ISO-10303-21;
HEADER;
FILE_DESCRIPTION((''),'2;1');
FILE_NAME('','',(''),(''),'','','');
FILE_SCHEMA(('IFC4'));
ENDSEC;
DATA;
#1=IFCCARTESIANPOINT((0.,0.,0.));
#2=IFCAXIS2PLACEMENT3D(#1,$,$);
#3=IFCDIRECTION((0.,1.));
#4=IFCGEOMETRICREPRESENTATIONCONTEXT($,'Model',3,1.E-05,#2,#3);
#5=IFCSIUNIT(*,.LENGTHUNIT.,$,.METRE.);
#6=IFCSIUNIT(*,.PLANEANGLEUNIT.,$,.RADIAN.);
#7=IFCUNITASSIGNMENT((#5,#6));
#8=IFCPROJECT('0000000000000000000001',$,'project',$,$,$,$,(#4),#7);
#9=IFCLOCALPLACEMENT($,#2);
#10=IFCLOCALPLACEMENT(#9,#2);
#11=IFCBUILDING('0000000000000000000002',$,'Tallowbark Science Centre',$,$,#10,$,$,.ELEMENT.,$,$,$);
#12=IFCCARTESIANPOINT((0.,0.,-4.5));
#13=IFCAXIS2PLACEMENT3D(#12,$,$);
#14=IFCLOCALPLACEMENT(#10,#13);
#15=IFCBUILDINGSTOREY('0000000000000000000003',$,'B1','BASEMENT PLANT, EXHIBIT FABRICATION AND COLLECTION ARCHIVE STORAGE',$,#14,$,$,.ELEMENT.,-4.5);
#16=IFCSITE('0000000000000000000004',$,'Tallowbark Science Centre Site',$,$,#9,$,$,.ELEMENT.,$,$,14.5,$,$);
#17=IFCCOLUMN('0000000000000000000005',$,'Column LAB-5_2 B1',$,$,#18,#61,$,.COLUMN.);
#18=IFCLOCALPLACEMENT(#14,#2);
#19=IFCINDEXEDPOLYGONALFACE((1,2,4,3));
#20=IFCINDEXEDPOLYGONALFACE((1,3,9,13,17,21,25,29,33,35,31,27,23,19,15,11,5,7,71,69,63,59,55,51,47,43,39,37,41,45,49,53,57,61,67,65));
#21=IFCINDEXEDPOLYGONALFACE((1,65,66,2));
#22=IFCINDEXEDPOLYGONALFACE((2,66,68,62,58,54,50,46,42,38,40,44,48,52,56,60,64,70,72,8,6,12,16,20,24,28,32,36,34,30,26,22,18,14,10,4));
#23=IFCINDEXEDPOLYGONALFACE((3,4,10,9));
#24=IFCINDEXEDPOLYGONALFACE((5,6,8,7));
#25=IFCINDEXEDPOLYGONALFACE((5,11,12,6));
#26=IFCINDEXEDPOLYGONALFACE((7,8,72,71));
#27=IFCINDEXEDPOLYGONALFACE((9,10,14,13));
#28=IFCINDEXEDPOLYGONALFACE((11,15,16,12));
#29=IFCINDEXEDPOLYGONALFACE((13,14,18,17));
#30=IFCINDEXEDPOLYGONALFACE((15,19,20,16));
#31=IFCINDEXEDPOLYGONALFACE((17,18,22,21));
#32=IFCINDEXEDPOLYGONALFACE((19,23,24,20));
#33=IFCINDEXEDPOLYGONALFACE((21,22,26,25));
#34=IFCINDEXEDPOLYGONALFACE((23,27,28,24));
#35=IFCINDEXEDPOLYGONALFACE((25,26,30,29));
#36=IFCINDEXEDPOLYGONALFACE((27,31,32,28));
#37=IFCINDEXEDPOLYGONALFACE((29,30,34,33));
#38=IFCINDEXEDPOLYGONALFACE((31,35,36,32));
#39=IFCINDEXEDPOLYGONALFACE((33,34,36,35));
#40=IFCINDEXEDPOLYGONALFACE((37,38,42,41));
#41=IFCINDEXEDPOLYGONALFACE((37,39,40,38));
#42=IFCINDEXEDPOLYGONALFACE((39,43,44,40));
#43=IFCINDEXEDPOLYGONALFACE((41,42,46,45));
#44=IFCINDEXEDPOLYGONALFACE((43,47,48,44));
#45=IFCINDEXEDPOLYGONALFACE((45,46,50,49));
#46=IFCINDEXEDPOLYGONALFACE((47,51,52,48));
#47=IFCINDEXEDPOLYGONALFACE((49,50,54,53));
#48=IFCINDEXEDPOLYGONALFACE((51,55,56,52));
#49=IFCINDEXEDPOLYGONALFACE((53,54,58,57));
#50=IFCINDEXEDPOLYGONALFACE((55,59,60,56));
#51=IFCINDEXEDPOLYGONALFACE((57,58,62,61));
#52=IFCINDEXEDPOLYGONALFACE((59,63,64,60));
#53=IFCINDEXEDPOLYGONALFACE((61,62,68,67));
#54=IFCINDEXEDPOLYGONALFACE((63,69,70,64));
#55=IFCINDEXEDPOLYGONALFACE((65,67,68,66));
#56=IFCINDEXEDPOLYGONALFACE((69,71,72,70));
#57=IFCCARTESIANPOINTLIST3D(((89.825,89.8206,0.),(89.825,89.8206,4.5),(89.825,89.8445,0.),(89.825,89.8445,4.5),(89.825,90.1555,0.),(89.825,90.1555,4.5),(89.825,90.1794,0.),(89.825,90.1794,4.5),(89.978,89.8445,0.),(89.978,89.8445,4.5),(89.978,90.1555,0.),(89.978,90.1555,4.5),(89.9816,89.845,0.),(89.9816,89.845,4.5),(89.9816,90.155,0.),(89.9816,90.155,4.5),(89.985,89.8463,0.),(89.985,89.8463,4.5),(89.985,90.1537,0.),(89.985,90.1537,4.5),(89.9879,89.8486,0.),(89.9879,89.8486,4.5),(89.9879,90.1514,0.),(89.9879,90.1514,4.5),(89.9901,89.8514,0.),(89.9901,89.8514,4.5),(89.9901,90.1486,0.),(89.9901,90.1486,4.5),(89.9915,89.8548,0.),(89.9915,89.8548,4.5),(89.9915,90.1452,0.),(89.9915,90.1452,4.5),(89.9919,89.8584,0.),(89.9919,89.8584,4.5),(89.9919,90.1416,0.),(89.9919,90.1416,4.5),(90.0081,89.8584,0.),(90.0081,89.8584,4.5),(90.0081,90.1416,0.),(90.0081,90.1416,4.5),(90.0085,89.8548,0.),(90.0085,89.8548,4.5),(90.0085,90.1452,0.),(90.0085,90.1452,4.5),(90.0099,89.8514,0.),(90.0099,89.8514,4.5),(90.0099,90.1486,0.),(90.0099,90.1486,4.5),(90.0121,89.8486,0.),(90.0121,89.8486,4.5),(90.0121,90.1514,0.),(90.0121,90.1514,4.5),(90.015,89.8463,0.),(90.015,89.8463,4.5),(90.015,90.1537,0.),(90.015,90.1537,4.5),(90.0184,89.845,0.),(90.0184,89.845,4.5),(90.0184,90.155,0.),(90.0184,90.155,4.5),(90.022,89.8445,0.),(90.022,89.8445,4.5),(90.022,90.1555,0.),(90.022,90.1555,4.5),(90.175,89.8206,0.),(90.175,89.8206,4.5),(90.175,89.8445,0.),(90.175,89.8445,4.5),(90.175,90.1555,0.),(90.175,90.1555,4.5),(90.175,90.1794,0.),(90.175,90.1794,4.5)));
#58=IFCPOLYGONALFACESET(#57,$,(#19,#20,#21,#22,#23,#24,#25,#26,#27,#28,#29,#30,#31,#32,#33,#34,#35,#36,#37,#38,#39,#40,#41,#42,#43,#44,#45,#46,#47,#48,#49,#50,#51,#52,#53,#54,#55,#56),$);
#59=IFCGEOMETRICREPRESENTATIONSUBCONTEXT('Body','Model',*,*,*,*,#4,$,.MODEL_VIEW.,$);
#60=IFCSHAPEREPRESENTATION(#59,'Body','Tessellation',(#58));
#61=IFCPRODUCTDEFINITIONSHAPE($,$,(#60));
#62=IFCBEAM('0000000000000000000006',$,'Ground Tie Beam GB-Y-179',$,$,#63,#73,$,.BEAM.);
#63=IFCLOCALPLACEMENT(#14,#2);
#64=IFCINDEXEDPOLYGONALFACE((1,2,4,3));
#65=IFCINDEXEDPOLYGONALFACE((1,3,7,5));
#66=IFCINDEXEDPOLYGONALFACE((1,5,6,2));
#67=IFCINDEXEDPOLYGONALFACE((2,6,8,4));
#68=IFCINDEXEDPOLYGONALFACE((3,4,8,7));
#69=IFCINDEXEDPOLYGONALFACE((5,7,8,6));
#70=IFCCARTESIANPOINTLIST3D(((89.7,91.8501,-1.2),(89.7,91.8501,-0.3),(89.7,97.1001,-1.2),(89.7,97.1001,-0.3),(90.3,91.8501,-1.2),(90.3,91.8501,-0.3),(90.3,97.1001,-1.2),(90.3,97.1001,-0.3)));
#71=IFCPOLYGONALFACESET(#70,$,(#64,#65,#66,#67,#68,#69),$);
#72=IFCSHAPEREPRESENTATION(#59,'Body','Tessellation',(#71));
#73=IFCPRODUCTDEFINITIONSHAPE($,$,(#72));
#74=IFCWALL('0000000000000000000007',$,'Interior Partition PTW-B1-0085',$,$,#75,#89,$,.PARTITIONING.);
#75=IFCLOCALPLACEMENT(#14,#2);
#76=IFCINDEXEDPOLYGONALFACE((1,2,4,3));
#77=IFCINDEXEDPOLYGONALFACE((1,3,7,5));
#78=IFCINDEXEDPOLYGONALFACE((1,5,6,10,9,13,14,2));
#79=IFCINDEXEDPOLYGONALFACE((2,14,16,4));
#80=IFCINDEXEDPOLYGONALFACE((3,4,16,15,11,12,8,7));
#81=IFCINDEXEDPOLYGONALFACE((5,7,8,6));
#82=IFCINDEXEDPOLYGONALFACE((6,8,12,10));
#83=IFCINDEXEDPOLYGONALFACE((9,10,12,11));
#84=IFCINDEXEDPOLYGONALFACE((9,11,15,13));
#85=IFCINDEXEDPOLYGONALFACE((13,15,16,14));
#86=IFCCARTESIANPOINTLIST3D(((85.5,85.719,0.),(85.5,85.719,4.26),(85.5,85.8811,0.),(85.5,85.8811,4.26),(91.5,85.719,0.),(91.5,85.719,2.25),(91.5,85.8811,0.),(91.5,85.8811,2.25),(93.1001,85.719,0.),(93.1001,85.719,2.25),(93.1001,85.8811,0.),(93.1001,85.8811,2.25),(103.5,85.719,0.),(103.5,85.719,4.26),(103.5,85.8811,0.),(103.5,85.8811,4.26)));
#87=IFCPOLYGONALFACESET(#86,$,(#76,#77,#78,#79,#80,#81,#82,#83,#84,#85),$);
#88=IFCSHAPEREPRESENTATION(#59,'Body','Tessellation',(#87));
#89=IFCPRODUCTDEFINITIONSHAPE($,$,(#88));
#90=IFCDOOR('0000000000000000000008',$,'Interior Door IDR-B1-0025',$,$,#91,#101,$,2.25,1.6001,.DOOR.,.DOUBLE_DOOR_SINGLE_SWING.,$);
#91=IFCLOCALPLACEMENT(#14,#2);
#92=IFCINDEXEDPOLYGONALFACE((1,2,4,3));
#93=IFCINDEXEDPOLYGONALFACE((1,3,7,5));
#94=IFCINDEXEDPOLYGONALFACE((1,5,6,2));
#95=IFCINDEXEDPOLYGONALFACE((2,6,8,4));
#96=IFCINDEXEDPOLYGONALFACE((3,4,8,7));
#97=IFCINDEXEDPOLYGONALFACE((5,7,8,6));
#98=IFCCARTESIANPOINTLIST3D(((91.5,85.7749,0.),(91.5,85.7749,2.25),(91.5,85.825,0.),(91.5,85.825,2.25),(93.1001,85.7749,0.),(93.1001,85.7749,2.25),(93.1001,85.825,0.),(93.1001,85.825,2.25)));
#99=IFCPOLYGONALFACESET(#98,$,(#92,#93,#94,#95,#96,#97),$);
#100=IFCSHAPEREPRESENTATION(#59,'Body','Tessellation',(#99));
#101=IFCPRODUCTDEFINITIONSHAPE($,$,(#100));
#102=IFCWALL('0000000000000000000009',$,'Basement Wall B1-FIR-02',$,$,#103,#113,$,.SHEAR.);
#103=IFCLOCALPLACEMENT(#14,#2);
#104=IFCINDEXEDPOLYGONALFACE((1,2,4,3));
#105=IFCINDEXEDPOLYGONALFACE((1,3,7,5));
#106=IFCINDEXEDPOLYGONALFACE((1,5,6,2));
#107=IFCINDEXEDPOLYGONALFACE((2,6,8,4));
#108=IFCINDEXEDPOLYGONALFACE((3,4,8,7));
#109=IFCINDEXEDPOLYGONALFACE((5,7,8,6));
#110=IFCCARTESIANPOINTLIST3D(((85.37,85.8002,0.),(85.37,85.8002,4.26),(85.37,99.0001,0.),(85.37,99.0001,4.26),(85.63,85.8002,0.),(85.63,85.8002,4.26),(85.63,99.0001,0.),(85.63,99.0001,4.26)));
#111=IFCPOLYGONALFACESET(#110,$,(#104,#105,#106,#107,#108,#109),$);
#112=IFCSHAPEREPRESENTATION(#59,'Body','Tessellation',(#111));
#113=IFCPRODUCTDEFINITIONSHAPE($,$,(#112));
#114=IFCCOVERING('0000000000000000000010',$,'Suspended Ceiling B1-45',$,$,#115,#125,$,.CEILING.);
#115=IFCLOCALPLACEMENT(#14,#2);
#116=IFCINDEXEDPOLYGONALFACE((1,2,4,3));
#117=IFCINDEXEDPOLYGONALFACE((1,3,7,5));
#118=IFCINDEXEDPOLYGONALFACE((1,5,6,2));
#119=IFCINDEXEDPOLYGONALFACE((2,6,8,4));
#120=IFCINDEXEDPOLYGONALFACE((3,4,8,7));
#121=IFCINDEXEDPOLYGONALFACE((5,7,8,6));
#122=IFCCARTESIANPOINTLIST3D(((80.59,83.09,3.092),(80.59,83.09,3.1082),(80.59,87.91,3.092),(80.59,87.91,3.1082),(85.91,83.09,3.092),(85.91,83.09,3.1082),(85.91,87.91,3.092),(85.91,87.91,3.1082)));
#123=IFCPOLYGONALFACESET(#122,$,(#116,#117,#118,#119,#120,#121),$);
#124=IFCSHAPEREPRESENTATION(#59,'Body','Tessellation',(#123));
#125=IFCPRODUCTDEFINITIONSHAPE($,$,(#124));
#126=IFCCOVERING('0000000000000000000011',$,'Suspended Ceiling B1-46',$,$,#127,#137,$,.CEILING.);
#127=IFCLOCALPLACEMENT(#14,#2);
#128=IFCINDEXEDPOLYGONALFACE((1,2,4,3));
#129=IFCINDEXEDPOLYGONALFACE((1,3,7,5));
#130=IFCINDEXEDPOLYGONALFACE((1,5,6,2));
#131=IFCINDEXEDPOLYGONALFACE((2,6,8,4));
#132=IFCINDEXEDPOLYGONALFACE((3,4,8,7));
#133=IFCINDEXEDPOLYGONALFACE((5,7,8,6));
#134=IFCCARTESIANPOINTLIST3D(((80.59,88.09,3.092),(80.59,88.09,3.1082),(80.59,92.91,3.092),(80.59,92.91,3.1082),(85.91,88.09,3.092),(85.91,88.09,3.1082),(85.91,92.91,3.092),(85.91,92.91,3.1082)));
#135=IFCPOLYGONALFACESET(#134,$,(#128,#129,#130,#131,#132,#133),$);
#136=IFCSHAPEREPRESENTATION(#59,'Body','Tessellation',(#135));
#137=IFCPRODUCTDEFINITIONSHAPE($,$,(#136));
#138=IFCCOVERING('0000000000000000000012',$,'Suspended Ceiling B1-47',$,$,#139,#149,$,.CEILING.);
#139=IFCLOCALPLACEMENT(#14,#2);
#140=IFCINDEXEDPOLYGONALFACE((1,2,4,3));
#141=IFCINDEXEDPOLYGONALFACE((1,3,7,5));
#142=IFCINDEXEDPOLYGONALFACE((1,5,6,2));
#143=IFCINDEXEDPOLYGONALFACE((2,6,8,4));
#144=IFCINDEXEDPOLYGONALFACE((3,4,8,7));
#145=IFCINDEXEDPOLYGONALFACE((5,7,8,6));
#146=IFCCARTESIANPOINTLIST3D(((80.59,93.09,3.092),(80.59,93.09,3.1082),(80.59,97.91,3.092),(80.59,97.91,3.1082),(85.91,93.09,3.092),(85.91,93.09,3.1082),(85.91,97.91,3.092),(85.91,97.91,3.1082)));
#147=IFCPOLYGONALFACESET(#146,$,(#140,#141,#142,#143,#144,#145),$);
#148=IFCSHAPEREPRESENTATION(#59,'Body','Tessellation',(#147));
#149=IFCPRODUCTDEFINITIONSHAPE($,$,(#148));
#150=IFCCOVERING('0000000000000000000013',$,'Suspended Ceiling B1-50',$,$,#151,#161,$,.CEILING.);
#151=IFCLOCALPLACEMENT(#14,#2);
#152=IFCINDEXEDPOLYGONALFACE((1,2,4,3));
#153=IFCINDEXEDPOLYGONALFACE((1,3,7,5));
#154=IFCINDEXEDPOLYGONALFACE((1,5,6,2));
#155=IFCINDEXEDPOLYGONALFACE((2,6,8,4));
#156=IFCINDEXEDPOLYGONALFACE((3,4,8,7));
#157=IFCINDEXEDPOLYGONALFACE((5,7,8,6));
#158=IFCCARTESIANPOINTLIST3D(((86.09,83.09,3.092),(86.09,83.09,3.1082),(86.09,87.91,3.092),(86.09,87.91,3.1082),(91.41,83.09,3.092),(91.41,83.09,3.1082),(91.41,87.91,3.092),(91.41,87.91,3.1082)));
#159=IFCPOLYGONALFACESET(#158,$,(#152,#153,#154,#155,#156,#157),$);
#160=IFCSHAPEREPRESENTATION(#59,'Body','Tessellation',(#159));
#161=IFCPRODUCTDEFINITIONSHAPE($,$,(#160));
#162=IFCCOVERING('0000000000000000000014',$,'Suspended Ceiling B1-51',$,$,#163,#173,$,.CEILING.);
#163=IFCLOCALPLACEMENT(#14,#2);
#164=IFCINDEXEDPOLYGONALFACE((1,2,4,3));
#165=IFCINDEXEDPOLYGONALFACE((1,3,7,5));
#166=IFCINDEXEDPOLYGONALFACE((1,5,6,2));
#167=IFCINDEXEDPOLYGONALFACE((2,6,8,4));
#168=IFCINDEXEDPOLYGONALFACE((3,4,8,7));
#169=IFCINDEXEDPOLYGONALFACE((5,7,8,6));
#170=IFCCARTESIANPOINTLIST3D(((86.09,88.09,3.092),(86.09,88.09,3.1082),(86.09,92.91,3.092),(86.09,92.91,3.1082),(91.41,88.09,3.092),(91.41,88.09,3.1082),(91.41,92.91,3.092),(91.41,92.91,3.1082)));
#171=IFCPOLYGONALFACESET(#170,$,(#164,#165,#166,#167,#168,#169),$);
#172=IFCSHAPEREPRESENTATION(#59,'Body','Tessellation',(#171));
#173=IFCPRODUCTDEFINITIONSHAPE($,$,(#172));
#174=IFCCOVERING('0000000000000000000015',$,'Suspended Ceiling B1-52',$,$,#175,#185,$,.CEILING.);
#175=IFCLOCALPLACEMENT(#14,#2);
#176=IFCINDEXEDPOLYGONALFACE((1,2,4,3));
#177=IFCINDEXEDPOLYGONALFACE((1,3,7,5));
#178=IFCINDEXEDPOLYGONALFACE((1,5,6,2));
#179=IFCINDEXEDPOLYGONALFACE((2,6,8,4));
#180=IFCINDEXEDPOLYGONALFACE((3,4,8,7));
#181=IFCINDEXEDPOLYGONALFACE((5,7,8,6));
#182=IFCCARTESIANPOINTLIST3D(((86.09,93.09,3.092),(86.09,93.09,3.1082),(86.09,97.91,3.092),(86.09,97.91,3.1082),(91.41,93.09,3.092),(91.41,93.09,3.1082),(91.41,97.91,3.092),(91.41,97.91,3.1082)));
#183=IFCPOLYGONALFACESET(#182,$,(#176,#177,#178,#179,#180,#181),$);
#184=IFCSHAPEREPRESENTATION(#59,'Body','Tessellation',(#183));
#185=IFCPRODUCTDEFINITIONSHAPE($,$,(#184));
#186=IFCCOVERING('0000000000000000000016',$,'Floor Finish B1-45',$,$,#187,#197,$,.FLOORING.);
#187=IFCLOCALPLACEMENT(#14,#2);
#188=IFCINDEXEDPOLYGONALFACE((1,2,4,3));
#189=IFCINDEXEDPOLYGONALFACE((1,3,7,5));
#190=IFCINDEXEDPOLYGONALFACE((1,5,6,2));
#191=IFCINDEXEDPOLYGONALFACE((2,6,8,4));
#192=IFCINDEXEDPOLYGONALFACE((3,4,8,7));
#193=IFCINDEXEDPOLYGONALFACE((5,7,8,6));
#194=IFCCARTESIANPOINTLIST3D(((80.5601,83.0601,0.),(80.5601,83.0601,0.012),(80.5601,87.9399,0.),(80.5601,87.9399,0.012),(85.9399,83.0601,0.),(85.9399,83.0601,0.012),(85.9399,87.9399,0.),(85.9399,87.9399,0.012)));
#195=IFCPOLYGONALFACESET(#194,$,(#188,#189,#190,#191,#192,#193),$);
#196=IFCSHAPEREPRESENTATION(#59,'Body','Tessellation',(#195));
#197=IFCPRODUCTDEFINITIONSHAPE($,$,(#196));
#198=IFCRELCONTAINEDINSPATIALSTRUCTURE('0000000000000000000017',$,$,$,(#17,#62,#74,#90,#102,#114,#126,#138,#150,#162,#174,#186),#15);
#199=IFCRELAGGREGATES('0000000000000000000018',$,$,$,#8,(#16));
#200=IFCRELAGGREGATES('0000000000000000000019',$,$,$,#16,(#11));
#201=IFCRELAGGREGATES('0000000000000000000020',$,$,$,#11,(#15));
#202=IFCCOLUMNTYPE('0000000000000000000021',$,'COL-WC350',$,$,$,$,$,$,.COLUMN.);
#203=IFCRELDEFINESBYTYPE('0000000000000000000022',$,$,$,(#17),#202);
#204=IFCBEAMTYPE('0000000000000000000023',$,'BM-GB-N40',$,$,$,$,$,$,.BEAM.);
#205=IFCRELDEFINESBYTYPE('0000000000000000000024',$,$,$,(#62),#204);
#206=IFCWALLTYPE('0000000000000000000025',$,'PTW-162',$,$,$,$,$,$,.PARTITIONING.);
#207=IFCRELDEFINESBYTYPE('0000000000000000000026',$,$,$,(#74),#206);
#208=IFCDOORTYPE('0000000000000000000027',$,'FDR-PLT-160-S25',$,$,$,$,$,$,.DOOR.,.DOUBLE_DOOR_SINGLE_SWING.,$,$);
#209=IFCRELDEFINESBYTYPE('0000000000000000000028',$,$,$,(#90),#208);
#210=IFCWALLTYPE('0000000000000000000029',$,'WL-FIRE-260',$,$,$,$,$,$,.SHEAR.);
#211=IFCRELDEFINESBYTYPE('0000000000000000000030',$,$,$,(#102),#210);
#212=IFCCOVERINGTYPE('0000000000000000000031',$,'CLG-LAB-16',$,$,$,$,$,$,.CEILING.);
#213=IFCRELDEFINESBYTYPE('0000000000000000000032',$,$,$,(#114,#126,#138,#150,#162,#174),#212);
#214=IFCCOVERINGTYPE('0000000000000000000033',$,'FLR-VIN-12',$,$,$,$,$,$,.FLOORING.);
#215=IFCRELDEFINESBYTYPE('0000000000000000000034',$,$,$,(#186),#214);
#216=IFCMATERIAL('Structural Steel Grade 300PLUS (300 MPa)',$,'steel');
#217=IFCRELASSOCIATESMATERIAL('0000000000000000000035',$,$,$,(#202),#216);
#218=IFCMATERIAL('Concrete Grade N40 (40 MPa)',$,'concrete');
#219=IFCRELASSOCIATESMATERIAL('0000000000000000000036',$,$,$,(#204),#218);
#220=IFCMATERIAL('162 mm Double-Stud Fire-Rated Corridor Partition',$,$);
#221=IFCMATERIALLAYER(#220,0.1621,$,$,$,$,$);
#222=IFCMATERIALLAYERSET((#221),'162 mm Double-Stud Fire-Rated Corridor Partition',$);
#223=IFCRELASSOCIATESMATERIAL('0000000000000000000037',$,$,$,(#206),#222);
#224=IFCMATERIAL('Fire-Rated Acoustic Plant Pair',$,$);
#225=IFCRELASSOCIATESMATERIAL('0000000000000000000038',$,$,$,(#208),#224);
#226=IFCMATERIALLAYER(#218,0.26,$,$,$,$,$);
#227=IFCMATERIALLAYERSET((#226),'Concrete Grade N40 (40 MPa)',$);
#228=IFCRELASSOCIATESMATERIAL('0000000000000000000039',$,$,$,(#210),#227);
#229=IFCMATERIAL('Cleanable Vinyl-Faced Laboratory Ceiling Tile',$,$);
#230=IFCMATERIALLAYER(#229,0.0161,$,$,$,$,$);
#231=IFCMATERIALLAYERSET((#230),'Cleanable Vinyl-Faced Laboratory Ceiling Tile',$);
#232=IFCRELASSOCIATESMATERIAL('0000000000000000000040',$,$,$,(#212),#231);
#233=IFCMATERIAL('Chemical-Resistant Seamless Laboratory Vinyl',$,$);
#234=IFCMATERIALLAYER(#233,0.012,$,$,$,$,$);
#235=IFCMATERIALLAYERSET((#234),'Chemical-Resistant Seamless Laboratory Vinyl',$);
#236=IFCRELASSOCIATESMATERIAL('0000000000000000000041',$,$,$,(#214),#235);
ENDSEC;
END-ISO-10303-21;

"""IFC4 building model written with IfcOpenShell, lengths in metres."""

from ifc_helpers import new_model, si_unit, direction, frame, frame_2d, origin, origin_2d, place, context, subcontext, project, spatial, rectangle, i_section, extrude, material, layer, layer_set, material_profile, profile_set, type_object, element, fill, save


model = new_model("IFC4")

# Units and contexts
model_context = context("Model", 3, precision=1e-05, world=origin(), true_north=direction((0.0, 1.0)))
body_context = subcontext(model_context, "Body", "Model", "MODEL_VIEW")
ifc_project = project(units=[si_unit("LENGTHUNIT", "METRE"), si_unit("PLANEANGLEUNIT", "RADIAN")], contexts=[model_context])

# Site, building, storey
site_placement = place(None, origin())
site = spatial("IfcSite", under=ifc_project, at=site_placement, Name="Tallowbark Science Centre Site", CompositionType="ELEMENT", RefElevation=14.5)
building_placement = place(site_placement, origin())
building = spatial("IfcBuilding", under=site, at=building_placement, Name="Tallowbark Science Centre", CompositionType="ELEMENT")
storey_placement = place(building_placement, frame((0.0, 0.0, -4.5)))
storey = spatial("IfcBuildingStorey", under=building, at=storey_placement, Name="B1", Description="BASEMENT PLANT, EXHIBIT FABRICATION AND COLLECTION ARCHIVE STORAGE", CompositionType="ELEMENT", Elevation=-4.5)

# Shared definitions
ifc_material_1 = material(Name="Concrete Grade N40 (40 MPa)", Category="concrete")

# Column
ifc_material_2 = material(Name="Structural Steel Grade 300PLUS (300 MPa)", Category="steel")
ifc_material_profile_1 = material_profile(ifc_material_2, i_section(OverallWidth=0.3501, OverallDepth=0.3589, WebThickness=0.0161, FlangeThickness=0.0239, FilletRadius=0.0139, at=origin_2d()), Name="350WC197")
ifc_profile_set_1 = profile_set([ifc_material_profile_1], Name="Structural Steel Grade 300PLUS (300 MPa)")
column_type = type_object("IfcColumnType", Name="COL-WC350", PredefinedType="COLUMN", material=ifc_profile_set_1)
column_placement = place(storey_placement, frame((90.0, 90.0, 0.0), z_axis=(0.0, 0.0, 1.0), x_axis=(1.0, 0.0, 0.0)))
element("IfcColumn", 1, at=column_placement, inside=storey, type_object=column_type, Name="Column LAB-5_2 B1", PredefinedType="COLUMN", context=body_context, shape_type="SweptSolid", body=[
    extrude(i_section(OverallWidth=0.3501, OverallDepth=0.3589, WebThickness=0.0161, FlangeThickness=0.0239, FilletRadius=0.0139, at=origin_2d()), origin(), (0.0, 0.0, 1.0), 4.5),
])

# Beam
ifc_material_profile_2 = material_profile(ifc_material_1, rectangle(XDim=0.6001, YDim=0.8999, at=origin_2d()), Name="RC600x900")
ifc_profile_set_2 = profile_set([ifc_material_profile_2], Name="Concrete Grade N40 (40 MPa)")
beam_type = type_object("IfcBeamType", Name="BM-GB-N40", PredefinedType="BEAM", material=ifc_profile_set_2)
beam_placement = place(storey_placement, frame((90.0, 91.8501, -0.75), z_axis=(0.0, 1.0, 0.0), x_axis=(-1.0, 0.0, 0.0)))
element("IfcBeam", 2, at=beam_placement, inside=storey, type_object=beam_type, Name="Ground Tie Beam GB-Y-179", PredefinedType="BEAM", context=body_context, shape_type="SweptSolid", body=[
    extrude(rectangle(XDim=0.6001, YDim=0.8999, at=origin_2d()), origin(), (0.0, 0.0, 1.0), 5.25),
])

# Wall, opening, door
ifc_material_3 = material(Name="162 mm Double-Stud Fire-Rated Corridor Partition")
ifc_layer_1 = layer(ifc_material_3, 0.1621)
ifc_layer_set_1 = layer_set([ifc_layer_1], Name="162 mm Double-Stud Fire-Rated Corridor Partition")
wall_type_1 = type_object("IfcWallType", Name="PTW-162", PredefinedType="PARTITIONING", material=ifc_layer_set_1)
wall_1_placement = place(storey_placement, frame((85.5, 85.8, 0.0), z_axis=(0.0, 0.0, 1.0), x_axis=(1.0, 0.0, 0.0)))
wall_1 = element("IfcWall", 3, at=wall_1_placement, inside=storey, type_object=wall_type_1, Name="Interior Partition PTW-B1-0085", PredefinedType="PARTITIONING", context=body_context, shape_type="SweptSolid", body=[
    extrude(rectangle(XDim=18.0, YDim=0.1621, at=frame_2d((9.0, 0.0))), origin(), (0.0, 0.0, 1.0), 4.26),
])
opening_placement = place(wall_1_placement, frame((6.0, 0.0, 0.0)))
opening = element("IfcOpeningElement", 4, at=opening_placement, cuts=wall_1, PredefinedType="OPENING", context=body_context, shape_type="SweptSolid", body=[
    extrude(rectangle(XDim=1.6001, YDim=2.25, at=frame_2d((0.8, 1.125))), frame((0.0, 0.0911, 0.0), z_axis=(0.0, -1.0, 0.0), x_axis=(1.0, 0.0, 0.0)), (0.0, 0.0, 1.0), 0.1821),
])
ifc_material_4 = material(Name="Fire-Rated Acoustic Plant Pair")
door_type = type_object("IfcDoorType", Name="FDR-PLT-160-S25", OperationType="DOUBLE_DOOR_SINGLE_SWING", PredefinedType="DOOR", material=ifc_material_4)
door_placement = place(opening_placement, origin())
door = element("IfcDoor", 5, at=door_placement, inside=storey, type_object=door_type, Name="Interior Door IDR-B1-0025", OperationType="DOUBLE_DOOR_SINGLE_SWING", OverallHeight=2.25, OverallWidth=1.6001, PredefinedType="DOOR", context=body_context, shape_type="SweptSolid", body=[
    extrude(rectangle(XDim=1.6001, YDim=2.25, at=frame_2d((0.8, 1.125))), frame((0.0, 0.0249, 0.0), z_axis=(0.0, -1.0, 0.0), x_axis=(1.0, 0.0, 0.0)), (0.0, 0.0, 1.0), 0.05),
])
fill(opening, door)

# Wall
ifc_layer_2 = layer(ifc_material_1, 0.26)
ifc_layer_set_2 = layer_set([ifc_layer_2], Name="Concrete Grade N40 (40 MPa)")
wall_type_2 = type_object("IfcWallType", Name="WL-FIRE-260", PredefinedType="SHEAR", material=ifc_layer_set_2)
wall_2_placement = place(storey_placement, frame((85.5, 85.8, 0.0), z_axis=(0.0, 0.0, 1.0), x_axis=(0.0, 1.0, 0.0)))
element("IfcWall", 6, at=wall_2_placement, inside=storey, type_object=wall_type_2, Name="Basement Wall B1-FIR-02", PredefinedType="SHEAR", context=body_context, shape_type="SweptSolid", body=[
    extrude(rectangle(XDim=13.2, YDim=0.26, at=frame_2d((6.6001, 0.0))), origin(), (0.0, 0.0, 1.0), 4.26),
])

# Coverings
ifc_material_5 = material(Name="Cleanable Vinyl-Faced Laboratory Ceiling Tile")
ifc_layer_3 = layer(ifc_material_5, 0.0161)
ifc_layer_set_3 = layer_set([ifc_layer_3], Name="Cleanable Vinyl-Faced Laboratory Ceiling Tile")
covering_type_1 = type_object("IfcCoveringType", Name="CLG-LAB-16", PredefinedType="CEILING", material=ifc_layer_set_3)
for number, where, z_axis, x_axis, name in (
    (7, (83.25, 85.5, 3.092), (0.0, 0.0, 1.0), (1.0, 0.0, 0.0), "Suspended Ceiling B1-45"),
    (8, (83.25, 90.5, 3.092), (0.0, 0.0, 1.0), (1.0, 0.0, 0.0), "Suspended Ceiling B1-46"),
    (9, (83.25, 95.5, 3.092), (0.0, 0.0, 1.0), (1.0, 0.0, 0.0), "Suspended Ceiling B1-47"),
    (10, (88.75, 85.5, 3.092), (0.0, 0.0, 1.0), (1.0, 0.0, 0.0), "Suspended Ceiling B1-50"),
    (11, (88.75, 90.5, 3.092), (0.0, 0.0, 1.0), (1.0, 0.0, 0.0), "Suspended Ceiling B1-51"),
    (12, (88.75, 95.5, 3.092), (0.0, 0.0, 1.0), (1.0, 0.0, 0.0), "Suspended Ceiling B1-52"),
):
    element("IfcCovering", number, at=place(storey_placement, frame(where, z_axis=z_axis, x_axis=x_axis)), inside=storey, type_object=covering_type_1, Name=name, PredefinedType="CEILING", context=body_context, shape_type="SweptSolid", body=[
        extrude(rectangle(XDim=5.3201, YDim=4.8201, at=origin_2d()), origin(), (0.0, 0.0, 1.0), 0.0161),
    ])
ifc_material_6 = material(Name="Chemical-Resistant Seamless Laboratory Vinyl")
ifc_layer_4 = layer(ifc_material_6, 0.012)
ifc_layer_set_4 = layer_set([ifc_layer_4], Name="Chemical-Resistant Seamless Laboratory Vinyl")
covering_type_2 = type_object("IfcCoveringType", Name="FLR-VIN-12", PredefinedType="FLOORING", material=ifc_layer_set_4)
for number, where, z_axis, x_axis, name in (
    (13, (83.25, 85.5, 0.0), (0.0, 0.0, 1.0), (1.0, 0.0, 0.0), "Floor Finish B1-45"),
):
    element("IfcCovering", number, at=place(storey_placement, frame(where, z_axis=z_axis, x_axis=x_axis)), inside=storey, type_object=covering_type_2, Name=name, PredefinedType="FLOORING", context=body_context, shape_type="SweptSolid", body=[
        extrude(rectangle(XDim=5.3799, YDim=4.8799, at=origin_2d()), origin(), (0.0, 0.0, 1.0), 0.012),
    ])

save(model, "model.ifc")
